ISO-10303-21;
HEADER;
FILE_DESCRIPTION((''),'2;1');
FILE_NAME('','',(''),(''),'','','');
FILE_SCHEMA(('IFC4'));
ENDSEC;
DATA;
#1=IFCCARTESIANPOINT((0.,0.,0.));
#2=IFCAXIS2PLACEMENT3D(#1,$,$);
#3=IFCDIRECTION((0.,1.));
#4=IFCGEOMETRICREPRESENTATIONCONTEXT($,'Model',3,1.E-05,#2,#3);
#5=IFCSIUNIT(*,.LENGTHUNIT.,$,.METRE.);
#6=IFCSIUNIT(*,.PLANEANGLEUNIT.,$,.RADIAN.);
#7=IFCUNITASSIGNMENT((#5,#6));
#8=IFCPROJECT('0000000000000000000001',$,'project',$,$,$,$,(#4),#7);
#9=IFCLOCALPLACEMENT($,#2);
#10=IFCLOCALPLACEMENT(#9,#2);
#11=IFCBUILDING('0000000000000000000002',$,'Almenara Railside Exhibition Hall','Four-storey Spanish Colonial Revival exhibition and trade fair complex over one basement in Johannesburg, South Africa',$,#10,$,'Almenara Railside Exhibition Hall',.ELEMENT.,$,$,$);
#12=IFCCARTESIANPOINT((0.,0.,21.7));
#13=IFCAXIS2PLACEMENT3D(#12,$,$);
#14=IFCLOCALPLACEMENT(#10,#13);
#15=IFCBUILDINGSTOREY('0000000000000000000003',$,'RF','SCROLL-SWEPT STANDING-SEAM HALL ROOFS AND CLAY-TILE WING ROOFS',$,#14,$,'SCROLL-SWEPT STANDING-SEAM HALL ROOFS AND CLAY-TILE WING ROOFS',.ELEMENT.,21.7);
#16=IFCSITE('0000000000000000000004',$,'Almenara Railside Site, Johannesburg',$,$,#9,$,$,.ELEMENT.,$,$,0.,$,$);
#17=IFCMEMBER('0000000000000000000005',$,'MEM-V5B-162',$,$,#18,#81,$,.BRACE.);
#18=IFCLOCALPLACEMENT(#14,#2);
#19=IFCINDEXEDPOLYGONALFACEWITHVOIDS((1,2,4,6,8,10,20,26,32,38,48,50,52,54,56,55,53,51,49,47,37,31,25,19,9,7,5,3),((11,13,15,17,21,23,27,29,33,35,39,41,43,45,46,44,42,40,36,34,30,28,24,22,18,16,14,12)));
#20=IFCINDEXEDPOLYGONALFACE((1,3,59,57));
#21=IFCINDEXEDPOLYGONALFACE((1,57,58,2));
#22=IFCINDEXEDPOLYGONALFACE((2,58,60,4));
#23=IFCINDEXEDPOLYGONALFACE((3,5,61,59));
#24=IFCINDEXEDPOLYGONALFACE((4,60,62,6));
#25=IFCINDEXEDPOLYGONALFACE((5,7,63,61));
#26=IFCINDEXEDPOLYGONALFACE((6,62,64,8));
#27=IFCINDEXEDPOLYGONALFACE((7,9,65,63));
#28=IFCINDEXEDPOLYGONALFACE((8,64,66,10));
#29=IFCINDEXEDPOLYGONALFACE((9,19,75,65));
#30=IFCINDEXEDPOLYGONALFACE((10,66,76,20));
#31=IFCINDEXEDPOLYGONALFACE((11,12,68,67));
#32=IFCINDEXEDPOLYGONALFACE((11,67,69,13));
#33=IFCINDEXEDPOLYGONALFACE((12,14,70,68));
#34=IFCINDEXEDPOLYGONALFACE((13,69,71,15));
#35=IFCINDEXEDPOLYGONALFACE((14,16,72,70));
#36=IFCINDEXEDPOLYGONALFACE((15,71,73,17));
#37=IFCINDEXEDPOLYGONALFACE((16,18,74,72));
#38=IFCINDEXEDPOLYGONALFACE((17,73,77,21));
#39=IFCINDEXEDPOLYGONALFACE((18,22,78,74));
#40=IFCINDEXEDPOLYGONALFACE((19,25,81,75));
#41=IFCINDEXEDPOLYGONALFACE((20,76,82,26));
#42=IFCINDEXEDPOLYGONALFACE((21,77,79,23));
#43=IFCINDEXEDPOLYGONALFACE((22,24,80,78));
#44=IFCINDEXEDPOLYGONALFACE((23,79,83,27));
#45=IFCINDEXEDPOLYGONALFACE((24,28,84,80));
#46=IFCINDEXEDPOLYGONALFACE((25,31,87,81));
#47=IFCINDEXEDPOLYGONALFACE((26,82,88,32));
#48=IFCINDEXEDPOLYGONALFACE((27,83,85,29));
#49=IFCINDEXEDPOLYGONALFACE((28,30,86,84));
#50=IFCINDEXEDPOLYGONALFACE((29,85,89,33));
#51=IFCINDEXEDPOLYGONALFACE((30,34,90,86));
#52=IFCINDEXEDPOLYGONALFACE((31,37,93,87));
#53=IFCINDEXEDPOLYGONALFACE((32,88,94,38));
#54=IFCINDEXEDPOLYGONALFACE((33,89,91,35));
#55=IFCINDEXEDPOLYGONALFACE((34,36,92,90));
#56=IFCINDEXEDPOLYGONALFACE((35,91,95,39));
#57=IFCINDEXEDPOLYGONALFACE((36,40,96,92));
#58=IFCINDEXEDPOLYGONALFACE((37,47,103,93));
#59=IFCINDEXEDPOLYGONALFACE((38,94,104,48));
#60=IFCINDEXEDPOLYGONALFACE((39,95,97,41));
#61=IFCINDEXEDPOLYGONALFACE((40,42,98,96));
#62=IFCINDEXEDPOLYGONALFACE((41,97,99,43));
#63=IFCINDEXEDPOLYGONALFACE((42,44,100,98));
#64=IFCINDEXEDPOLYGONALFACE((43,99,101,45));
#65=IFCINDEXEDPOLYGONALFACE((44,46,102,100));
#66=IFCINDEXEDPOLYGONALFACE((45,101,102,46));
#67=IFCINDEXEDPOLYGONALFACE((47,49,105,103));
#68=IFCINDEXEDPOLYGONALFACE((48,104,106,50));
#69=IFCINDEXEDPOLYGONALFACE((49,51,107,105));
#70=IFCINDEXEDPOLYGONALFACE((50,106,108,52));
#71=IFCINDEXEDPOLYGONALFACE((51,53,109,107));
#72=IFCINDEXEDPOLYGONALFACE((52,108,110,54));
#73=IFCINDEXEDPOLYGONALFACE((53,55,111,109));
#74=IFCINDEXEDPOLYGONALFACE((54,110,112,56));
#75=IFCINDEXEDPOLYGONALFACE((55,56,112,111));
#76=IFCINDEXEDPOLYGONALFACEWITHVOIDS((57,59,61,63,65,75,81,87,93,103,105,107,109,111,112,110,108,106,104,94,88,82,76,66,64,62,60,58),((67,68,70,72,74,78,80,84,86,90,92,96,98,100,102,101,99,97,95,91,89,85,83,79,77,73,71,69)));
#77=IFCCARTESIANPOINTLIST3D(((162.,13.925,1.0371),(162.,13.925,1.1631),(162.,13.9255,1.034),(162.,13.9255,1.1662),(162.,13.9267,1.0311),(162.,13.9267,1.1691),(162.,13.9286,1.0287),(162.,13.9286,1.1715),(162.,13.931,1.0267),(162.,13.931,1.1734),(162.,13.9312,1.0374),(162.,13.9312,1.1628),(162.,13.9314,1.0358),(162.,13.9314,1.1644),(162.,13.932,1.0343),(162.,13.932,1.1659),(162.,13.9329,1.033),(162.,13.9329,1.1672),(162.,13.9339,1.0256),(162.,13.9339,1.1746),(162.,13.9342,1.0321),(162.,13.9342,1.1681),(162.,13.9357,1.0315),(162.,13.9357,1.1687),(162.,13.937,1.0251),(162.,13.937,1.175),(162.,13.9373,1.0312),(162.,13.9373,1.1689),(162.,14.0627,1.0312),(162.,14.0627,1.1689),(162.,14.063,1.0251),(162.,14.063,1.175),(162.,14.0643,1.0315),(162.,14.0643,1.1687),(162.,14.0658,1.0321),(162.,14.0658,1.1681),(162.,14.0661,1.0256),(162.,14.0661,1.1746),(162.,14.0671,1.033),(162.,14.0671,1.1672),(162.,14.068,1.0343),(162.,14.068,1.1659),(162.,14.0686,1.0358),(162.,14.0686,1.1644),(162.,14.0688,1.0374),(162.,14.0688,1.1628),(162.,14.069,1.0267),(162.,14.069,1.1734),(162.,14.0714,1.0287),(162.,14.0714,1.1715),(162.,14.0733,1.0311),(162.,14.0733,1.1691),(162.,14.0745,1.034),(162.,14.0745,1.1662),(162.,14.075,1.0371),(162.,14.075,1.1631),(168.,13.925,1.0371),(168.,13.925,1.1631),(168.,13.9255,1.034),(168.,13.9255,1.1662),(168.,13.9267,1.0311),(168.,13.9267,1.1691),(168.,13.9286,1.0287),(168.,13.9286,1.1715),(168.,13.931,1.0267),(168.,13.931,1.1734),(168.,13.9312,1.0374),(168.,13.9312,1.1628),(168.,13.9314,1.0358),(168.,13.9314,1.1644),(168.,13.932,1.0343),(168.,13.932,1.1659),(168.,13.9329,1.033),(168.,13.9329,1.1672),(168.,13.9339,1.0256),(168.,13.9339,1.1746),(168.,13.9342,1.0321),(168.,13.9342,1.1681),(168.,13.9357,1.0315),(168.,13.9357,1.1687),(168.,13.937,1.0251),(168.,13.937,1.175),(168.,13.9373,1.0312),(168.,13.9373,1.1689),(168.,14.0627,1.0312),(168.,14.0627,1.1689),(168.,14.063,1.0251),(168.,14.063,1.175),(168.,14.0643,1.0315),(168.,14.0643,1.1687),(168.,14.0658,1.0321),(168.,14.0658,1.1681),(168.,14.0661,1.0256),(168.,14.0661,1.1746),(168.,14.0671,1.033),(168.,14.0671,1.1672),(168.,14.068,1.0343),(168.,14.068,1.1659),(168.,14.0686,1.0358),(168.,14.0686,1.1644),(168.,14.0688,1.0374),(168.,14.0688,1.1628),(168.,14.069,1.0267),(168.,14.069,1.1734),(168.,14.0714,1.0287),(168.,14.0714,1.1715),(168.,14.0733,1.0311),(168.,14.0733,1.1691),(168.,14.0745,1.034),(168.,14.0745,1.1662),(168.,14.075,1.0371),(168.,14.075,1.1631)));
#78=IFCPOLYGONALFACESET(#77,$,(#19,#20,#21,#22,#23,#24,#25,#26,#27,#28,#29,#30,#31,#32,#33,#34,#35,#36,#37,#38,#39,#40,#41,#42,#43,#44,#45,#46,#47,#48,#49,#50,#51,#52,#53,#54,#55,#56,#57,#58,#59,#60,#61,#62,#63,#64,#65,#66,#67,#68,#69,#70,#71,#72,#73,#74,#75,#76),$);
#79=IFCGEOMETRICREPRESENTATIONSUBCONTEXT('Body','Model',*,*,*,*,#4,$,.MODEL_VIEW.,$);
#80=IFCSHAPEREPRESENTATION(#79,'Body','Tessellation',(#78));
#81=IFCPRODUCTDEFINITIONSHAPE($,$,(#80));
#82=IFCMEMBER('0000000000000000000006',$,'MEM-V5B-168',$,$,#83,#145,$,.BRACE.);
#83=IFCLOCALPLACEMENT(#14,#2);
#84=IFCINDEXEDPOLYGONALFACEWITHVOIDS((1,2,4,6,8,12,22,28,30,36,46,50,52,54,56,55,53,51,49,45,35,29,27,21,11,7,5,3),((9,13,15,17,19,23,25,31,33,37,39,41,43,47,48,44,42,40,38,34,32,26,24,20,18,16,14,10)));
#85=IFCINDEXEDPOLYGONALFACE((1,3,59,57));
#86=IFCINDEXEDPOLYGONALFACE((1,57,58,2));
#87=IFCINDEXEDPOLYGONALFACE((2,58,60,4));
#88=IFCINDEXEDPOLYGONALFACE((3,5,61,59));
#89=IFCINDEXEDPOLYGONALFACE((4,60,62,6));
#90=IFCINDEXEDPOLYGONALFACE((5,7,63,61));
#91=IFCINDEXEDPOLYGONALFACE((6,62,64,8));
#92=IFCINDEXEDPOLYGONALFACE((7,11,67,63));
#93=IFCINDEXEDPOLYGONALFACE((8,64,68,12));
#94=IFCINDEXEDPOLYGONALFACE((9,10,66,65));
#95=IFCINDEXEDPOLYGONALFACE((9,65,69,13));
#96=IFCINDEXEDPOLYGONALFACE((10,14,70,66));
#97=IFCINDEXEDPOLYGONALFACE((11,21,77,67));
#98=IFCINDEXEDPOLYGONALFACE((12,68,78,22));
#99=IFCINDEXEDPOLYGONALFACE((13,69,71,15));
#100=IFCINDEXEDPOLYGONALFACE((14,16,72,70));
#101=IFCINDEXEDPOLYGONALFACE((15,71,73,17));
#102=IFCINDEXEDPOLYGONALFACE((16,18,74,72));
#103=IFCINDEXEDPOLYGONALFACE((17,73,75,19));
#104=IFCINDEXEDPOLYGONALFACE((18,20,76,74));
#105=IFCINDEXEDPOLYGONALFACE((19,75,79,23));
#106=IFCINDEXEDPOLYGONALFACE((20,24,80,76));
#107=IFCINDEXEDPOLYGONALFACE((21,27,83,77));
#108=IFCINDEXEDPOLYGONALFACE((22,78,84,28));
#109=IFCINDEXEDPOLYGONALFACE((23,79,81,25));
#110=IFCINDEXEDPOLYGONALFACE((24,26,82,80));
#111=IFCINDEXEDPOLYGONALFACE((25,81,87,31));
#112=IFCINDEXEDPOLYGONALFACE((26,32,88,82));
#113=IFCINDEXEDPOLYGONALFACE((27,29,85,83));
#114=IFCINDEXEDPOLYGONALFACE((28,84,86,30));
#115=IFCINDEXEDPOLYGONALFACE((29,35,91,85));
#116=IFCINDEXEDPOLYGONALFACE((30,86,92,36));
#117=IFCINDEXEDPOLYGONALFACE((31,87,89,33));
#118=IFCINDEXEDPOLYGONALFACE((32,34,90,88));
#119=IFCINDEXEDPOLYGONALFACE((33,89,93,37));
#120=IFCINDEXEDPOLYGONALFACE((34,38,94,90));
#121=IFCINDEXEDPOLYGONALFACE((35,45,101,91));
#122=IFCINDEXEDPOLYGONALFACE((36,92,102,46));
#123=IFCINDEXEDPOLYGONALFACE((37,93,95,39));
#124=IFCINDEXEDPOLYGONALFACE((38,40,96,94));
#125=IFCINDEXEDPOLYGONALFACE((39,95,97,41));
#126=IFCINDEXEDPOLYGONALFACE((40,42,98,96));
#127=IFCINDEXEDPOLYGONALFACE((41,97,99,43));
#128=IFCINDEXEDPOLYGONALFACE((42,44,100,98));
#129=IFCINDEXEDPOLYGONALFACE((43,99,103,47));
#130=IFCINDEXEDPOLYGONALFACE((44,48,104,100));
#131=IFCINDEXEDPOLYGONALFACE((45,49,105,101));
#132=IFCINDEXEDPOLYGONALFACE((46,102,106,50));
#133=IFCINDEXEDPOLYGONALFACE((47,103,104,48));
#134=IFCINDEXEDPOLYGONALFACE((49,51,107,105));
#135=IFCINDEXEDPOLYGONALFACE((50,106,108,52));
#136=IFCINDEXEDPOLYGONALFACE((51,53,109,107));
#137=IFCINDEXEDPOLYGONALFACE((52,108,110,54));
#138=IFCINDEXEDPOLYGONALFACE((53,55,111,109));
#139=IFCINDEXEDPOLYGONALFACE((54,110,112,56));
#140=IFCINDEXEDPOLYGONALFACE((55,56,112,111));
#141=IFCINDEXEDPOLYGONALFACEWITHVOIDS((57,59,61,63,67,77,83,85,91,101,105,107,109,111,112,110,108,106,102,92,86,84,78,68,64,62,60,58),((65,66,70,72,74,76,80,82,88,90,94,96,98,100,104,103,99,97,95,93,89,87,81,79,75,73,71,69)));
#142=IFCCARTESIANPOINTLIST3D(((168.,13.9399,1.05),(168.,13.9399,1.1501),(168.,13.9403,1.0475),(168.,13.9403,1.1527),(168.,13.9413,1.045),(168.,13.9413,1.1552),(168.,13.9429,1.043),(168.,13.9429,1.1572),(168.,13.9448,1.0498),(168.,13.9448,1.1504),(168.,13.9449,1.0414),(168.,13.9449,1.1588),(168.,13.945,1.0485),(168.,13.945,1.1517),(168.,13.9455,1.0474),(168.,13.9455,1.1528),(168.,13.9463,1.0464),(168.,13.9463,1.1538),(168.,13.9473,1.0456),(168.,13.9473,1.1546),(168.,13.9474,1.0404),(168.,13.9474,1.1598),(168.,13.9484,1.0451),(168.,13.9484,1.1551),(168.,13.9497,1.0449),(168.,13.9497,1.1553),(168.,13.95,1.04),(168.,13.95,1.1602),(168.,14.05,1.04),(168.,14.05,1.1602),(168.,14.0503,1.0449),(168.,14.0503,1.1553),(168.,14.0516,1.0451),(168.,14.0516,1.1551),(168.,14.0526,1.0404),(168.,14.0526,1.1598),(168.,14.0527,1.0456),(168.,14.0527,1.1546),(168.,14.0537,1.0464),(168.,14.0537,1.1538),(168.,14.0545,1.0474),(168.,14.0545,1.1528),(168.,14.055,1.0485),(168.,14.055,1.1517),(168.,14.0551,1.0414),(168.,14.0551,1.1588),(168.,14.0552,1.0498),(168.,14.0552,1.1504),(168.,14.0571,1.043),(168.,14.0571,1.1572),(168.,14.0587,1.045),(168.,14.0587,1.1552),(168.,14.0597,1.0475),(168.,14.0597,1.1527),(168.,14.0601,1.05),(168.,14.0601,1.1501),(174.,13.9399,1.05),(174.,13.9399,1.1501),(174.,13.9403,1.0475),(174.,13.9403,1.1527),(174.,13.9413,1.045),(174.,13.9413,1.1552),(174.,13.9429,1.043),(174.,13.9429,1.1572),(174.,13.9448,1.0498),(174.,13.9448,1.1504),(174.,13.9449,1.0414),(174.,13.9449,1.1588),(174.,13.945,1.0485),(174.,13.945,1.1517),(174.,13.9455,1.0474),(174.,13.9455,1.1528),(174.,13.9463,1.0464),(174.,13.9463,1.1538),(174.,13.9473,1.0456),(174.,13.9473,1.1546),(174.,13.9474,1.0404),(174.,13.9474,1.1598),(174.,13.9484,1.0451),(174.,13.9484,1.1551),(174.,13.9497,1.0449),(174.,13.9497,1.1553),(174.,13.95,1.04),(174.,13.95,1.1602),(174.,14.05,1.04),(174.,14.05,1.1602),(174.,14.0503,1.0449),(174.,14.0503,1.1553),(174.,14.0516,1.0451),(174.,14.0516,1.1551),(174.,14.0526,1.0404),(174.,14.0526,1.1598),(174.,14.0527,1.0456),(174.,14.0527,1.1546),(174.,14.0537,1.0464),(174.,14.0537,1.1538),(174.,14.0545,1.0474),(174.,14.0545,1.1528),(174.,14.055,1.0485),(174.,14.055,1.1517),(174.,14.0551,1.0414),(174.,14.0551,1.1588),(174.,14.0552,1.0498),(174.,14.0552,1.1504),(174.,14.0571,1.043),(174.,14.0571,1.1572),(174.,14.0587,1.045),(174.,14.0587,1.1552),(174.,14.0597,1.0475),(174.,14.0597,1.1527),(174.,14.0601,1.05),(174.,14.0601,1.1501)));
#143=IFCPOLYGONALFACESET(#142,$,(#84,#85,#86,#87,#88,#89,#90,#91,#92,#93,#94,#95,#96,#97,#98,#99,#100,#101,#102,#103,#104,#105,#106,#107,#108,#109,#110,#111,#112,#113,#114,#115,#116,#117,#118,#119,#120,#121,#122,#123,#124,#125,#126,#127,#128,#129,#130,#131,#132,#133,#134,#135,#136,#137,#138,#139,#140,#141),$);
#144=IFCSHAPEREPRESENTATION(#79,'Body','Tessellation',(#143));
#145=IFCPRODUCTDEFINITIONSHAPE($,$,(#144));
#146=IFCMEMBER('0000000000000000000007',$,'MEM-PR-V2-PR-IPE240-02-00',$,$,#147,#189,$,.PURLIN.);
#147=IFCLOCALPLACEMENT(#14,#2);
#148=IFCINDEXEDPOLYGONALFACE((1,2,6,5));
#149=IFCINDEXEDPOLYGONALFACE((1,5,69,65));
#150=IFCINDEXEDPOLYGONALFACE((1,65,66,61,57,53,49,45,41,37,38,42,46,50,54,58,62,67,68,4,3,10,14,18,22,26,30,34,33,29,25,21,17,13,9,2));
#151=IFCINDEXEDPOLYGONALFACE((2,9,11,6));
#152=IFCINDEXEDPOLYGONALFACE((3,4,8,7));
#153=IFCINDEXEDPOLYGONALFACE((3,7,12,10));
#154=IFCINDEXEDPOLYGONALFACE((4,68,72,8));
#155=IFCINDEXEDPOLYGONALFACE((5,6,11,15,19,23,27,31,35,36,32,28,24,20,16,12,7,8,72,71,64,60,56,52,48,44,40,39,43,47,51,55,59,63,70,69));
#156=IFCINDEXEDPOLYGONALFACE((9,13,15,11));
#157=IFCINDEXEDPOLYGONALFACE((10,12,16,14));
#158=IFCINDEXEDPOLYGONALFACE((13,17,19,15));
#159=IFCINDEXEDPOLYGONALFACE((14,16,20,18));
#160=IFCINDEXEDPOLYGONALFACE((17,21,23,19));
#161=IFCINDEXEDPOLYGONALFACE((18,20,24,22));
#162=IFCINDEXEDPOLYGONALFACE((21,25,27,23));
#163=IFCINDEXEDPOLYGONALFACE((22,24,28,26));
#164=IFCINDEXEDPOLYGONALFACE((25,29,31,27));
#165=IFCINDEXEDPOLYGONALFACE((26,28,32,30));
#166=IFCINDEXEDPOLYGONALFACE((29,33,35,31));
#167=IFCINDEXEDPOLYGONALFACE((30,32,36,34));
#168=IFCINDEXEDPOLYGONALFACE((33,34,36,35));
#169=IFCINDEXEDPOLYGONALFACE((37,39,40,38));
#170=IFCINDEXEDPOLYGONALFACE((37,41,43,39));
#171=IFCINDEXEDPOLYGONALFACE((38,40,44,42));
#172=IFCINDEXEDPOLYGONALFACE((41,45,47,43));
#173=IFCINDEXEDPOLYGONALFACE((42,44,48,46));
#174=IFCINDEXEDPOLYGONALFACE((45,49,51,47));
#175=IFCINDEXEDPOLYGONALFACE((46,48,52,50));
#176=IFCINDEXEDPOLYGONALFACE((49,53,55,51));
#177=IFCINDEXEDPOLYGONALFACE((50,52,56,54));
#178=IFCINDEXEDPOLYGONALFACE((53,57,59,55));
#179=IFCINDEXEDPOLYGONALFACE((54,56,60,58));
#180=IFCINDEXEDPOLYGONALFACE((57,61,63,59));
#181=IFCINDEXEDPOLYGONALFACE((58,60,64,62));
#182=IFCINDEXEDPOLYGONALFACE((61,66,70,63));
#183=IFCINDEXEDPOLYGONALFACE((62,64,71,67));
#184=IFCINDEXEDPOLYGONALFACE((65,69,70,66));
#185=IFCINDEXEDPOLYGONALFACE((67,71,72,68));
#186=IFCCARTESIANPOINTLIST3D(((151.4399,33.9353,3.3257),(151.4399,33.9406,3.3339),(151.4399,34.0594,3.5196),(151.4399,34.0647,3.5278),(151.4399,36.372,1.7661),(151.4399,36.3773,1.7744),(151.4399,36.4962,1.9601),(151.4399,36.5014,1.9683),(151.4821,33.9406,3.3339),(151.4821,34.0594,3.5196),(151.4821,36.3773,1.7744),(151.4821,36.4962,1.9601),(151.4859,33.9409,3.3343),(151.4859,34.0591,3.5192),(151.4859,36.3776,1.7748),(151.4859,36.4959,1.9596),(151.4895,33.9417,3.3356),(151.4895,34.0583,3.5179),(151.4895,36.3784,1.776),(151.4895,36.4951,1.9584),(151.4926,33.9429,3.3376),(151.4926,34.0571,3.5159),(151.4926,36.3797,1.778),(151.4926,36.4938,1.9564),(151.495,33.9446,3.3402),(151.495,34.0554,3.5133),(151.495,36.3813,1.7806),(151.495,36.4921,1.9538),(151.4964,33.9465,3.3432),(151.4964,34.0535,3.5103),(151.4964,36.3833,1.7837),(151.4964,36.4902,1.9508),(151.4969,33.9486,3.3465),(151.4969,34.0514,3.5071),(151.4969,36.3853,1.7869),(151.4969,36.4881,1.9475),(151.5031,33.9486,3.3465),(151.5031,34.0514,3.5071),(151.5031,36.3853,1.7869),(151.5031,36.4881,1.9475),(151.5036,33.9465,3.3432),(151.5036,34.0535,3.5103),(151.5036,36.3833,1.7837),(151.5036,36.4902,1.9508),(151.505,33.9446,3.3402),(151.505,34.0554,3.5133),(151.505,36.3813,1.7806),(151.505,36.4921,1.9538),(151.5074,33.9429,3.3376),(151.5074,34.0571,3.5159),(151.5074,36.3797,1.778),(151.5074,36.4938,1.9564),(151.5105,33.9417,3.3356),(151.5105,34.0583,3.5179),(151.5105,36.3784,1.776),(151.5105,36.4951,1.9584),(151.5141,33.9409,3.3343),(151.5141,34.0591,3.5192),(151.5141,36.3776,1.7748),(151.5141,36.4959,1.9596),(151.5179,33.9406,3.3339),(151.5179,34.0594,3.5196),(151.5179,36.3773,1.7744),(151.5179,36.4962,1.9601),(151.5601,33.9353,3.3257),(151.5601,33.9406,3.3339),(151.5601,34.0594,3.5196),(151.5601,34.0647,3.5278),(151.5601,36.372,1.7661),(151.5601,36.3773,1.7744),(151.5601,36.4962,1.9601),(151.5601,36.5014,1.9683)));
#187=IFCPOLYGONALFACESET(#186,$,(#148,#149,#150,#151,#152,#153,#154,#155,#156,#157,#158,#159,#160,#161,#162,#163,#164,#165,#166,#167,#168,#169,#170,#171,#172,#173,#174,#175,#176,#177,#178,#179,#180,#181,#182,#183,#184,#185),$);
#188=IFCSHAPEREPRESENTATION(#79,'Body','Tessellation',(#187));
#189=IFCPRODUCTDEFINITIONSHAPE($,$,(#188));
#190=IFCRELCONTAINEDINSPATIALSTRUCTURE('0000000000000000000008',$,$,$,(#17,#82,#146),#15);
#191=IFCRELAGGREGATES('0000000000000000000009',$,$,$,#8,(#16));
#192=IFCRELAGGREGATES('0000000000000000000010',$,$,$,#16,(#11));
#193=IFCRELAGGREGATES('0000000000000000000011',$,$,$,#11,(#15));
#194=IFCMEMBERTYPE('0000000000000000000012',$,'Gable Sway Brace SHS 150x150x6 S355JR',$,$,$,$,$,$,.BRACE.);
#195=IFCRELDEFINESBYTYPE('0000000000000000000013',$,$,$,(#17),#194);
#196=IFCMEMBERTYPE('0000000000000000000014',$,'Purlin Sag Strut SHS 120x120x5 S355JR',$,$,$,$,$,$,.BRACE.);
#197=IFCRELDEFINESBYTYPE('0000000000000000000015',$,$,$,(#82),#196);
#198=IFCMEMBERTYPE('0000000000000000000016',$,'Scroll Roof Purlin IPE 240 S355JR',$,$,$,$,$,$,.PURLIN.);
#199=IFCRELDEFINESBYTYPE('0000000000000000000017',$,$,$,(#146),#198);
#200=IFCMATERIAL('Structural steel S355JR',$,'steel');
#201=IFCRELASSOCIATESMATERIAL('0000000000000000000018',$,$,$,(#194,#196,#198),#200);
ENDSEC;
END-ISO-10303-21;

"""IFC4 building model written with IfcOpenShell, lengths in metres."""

from ifc_helpers import new_model, si_unit, direction, frame, origin, origin_2d, place, context, subcontext, project, spatial, hollow_rectangle, i_section, extrude, material, material_profile, profile_set, type_object, element, save


model = new_model("IFC4")

# Units and contexts
model_context = context("Model", 3, precision=1e-05, world=origin(), true_north=direction((0.0, 1.0)))
body_context = subcontext(model_context, "Body", "Model", "MODEL_VIEW")
ifc_project = project(units=[si_unit("LENGTHUNIT", "METRE"), si_unit("PLANEANGLEUNIT", "RADIAN")], contexts=[model_context])

# Site, building, storey
site_placement = place(None, origin())
site = spatial("IfcSite", under=ifc_project, at=site_placement, Name="Almenara Railside Site, Johannesburg", CompositionType="ELEMENT", RefElevation=0.0)
building_placement = place(site_placement, origin())
building = spatial("IfcBuilding", under=site, at=building_placement, Name="Almenara Railside Exhibition Hall", Description="Four-storey Spanish Colonial Revival exhibition and trade fair complex over one basement in Johannesburg, South Africa", LongName="Almenara Railside Exhibition Hall", CompositionType="ELEMENT")
storey_placement = place(building_placement, frame((0.0, 0.0, 21.7)))
storey = spatial("IfcBuildingStorey", under=building, at=storey_placement, Name="RF", Description="SCROLL-SWEPT STANDING-SEAM HALL ROOFS AND CLAY-TILE WING ROOFS", LongName="SCROLL-SWEPT STANDING-SEAM HALL ROOFS AND CLAY-TILE WING ROOFS", CompositionType="ELEMENT", Elevation=21.7)

# Shared definitions
ifc_material_1 = material(Name="Structural steel S355JR", Category="steel")

# Members
ifc_material_profile_1 = material_profile(ifc_material_1, hollow_rectangle(XDim=0.1499, YDim=0.1499, WallThickness=0.0061, InnerFilletRadius=0.0061, OuterFilletRadius=0.012, at=origin_2d()), Name="SHS 150x150x6")
ifc_profile_set_1 = profile_set([ifc_material_profile_1], Name="Structural steel S355JR")
member_type_1 = type_object("IfcMemberType", Name="Gable Sway Brace SHS 150x150x6 S355JR", PredefinedType="BRACE", material=ifc_profile_set_1)
member_1_placement = place(storey_placement, frame((162.0, 14.0, 1.1001), z_axis=(1.0, 0.0, 0.0), x_axis=(0.0, 1.0, 0.0)))
element("IfcMember", 1, at=member_1_placement, inside=storey, type_object=member_type_1, Name="MEM-V5B-162", PredefinedType="BRACE", context=body_context, shape_type="SweptSolid", body=[
    extrude(hollow_rectangle(XDim=0.1499, YDim=0.1499, WallThickness=0.0061, InnerFilletRadius=0.0061, OuterFilletRadius=0.012, at=origin_2d()), origin(), (0.0, 0.0, 1.0), 6.0),
])
ifc_material_profile_2 = material_profile(ifc_material_1, hollow_rectangle(XDim=0.1201, YDim=0.1201, WallThickness=0.0049, InnerFilletRadius=0.0049, OuterFilletRadius=0.01, at=origin_2d()), Name="SHS 120x120x5")
ifc_profile_set_2 = profile_set([ifc_material_profile_2], Name="Structural steel S355JR")
member_type_2 = type_object("IfcMemberType", Name="Purlin Sag Strut SHS 120x120x5 S355JR", PredefinedType="BRACE", material=ifc_profile_set_2)
member_2_placement = place(storey_placement, frame((168.0, 14.0, 1.1001), z_axis=(1.0, 0.0, 0.0), x_axis=(0.0, 1.0, 0.0)))
element("IfcMember", 2, at=member_2_placement, inside=storey, type_object=member_type_2, Name="MEM-V5B-168", PredefinedType="BRACE", context=body_context, shape_type="SweptSolid", body=[
    extrude(hollow_rectangle(XDim=0.1201, YDim=0.1201, WallThickness=0.0049, InnerFilletRadius=0.0049, OuterFilletRadius=0.01, at=origin_2d()), origin(), (0.0, 0.0, 1.0), 6.0),
])
ifc_material_profile_3 = material_profile(ifc_material_1, i_section(OverallWidth=0.1201, OverallDepth=0.24, WebThickness=0.0061, FlangeThickness=0.0098, FilletRadius=0.0149, at=origin_2d()), Name="IPE 240")
ifc_profile_set_3 = profile_set([ifc_material_profile_3], Name="Structural steel S355JR")
member_type_3 = type_object("IfcMemberType", Name="Scroll Roof Purlin IPE 240 S355JR", PredefinedType="PURLIN", material=ifc_profile_set_3)
member_3_placement = place(storey_placement, frame((151.5, 34.0, 3.4268), z_axis=(0.0, 0.842265, -0.539063), x_axis=(-1.0, 0.0, 0.0)))
element("IfcMember", 3, at=member_3_placement, inside=storey, type_object=member_type_3, Name="MEM-PR-V2-PR-IPE240-02-00", PredefinedType="PURLIN", context=body_context, shape_type="SweptSolid", body=[
    extrude(i_section(OverallWidth=0.1201, OverallDepth=0.24, WebThickness=0.0061, FlangeThickness=0.0098, FilletRadius=0.0149, at=origin_2d()), origin(), (0.0, 0.0, 1.0), 2.8931),
])

save(model, "model.ifc")
